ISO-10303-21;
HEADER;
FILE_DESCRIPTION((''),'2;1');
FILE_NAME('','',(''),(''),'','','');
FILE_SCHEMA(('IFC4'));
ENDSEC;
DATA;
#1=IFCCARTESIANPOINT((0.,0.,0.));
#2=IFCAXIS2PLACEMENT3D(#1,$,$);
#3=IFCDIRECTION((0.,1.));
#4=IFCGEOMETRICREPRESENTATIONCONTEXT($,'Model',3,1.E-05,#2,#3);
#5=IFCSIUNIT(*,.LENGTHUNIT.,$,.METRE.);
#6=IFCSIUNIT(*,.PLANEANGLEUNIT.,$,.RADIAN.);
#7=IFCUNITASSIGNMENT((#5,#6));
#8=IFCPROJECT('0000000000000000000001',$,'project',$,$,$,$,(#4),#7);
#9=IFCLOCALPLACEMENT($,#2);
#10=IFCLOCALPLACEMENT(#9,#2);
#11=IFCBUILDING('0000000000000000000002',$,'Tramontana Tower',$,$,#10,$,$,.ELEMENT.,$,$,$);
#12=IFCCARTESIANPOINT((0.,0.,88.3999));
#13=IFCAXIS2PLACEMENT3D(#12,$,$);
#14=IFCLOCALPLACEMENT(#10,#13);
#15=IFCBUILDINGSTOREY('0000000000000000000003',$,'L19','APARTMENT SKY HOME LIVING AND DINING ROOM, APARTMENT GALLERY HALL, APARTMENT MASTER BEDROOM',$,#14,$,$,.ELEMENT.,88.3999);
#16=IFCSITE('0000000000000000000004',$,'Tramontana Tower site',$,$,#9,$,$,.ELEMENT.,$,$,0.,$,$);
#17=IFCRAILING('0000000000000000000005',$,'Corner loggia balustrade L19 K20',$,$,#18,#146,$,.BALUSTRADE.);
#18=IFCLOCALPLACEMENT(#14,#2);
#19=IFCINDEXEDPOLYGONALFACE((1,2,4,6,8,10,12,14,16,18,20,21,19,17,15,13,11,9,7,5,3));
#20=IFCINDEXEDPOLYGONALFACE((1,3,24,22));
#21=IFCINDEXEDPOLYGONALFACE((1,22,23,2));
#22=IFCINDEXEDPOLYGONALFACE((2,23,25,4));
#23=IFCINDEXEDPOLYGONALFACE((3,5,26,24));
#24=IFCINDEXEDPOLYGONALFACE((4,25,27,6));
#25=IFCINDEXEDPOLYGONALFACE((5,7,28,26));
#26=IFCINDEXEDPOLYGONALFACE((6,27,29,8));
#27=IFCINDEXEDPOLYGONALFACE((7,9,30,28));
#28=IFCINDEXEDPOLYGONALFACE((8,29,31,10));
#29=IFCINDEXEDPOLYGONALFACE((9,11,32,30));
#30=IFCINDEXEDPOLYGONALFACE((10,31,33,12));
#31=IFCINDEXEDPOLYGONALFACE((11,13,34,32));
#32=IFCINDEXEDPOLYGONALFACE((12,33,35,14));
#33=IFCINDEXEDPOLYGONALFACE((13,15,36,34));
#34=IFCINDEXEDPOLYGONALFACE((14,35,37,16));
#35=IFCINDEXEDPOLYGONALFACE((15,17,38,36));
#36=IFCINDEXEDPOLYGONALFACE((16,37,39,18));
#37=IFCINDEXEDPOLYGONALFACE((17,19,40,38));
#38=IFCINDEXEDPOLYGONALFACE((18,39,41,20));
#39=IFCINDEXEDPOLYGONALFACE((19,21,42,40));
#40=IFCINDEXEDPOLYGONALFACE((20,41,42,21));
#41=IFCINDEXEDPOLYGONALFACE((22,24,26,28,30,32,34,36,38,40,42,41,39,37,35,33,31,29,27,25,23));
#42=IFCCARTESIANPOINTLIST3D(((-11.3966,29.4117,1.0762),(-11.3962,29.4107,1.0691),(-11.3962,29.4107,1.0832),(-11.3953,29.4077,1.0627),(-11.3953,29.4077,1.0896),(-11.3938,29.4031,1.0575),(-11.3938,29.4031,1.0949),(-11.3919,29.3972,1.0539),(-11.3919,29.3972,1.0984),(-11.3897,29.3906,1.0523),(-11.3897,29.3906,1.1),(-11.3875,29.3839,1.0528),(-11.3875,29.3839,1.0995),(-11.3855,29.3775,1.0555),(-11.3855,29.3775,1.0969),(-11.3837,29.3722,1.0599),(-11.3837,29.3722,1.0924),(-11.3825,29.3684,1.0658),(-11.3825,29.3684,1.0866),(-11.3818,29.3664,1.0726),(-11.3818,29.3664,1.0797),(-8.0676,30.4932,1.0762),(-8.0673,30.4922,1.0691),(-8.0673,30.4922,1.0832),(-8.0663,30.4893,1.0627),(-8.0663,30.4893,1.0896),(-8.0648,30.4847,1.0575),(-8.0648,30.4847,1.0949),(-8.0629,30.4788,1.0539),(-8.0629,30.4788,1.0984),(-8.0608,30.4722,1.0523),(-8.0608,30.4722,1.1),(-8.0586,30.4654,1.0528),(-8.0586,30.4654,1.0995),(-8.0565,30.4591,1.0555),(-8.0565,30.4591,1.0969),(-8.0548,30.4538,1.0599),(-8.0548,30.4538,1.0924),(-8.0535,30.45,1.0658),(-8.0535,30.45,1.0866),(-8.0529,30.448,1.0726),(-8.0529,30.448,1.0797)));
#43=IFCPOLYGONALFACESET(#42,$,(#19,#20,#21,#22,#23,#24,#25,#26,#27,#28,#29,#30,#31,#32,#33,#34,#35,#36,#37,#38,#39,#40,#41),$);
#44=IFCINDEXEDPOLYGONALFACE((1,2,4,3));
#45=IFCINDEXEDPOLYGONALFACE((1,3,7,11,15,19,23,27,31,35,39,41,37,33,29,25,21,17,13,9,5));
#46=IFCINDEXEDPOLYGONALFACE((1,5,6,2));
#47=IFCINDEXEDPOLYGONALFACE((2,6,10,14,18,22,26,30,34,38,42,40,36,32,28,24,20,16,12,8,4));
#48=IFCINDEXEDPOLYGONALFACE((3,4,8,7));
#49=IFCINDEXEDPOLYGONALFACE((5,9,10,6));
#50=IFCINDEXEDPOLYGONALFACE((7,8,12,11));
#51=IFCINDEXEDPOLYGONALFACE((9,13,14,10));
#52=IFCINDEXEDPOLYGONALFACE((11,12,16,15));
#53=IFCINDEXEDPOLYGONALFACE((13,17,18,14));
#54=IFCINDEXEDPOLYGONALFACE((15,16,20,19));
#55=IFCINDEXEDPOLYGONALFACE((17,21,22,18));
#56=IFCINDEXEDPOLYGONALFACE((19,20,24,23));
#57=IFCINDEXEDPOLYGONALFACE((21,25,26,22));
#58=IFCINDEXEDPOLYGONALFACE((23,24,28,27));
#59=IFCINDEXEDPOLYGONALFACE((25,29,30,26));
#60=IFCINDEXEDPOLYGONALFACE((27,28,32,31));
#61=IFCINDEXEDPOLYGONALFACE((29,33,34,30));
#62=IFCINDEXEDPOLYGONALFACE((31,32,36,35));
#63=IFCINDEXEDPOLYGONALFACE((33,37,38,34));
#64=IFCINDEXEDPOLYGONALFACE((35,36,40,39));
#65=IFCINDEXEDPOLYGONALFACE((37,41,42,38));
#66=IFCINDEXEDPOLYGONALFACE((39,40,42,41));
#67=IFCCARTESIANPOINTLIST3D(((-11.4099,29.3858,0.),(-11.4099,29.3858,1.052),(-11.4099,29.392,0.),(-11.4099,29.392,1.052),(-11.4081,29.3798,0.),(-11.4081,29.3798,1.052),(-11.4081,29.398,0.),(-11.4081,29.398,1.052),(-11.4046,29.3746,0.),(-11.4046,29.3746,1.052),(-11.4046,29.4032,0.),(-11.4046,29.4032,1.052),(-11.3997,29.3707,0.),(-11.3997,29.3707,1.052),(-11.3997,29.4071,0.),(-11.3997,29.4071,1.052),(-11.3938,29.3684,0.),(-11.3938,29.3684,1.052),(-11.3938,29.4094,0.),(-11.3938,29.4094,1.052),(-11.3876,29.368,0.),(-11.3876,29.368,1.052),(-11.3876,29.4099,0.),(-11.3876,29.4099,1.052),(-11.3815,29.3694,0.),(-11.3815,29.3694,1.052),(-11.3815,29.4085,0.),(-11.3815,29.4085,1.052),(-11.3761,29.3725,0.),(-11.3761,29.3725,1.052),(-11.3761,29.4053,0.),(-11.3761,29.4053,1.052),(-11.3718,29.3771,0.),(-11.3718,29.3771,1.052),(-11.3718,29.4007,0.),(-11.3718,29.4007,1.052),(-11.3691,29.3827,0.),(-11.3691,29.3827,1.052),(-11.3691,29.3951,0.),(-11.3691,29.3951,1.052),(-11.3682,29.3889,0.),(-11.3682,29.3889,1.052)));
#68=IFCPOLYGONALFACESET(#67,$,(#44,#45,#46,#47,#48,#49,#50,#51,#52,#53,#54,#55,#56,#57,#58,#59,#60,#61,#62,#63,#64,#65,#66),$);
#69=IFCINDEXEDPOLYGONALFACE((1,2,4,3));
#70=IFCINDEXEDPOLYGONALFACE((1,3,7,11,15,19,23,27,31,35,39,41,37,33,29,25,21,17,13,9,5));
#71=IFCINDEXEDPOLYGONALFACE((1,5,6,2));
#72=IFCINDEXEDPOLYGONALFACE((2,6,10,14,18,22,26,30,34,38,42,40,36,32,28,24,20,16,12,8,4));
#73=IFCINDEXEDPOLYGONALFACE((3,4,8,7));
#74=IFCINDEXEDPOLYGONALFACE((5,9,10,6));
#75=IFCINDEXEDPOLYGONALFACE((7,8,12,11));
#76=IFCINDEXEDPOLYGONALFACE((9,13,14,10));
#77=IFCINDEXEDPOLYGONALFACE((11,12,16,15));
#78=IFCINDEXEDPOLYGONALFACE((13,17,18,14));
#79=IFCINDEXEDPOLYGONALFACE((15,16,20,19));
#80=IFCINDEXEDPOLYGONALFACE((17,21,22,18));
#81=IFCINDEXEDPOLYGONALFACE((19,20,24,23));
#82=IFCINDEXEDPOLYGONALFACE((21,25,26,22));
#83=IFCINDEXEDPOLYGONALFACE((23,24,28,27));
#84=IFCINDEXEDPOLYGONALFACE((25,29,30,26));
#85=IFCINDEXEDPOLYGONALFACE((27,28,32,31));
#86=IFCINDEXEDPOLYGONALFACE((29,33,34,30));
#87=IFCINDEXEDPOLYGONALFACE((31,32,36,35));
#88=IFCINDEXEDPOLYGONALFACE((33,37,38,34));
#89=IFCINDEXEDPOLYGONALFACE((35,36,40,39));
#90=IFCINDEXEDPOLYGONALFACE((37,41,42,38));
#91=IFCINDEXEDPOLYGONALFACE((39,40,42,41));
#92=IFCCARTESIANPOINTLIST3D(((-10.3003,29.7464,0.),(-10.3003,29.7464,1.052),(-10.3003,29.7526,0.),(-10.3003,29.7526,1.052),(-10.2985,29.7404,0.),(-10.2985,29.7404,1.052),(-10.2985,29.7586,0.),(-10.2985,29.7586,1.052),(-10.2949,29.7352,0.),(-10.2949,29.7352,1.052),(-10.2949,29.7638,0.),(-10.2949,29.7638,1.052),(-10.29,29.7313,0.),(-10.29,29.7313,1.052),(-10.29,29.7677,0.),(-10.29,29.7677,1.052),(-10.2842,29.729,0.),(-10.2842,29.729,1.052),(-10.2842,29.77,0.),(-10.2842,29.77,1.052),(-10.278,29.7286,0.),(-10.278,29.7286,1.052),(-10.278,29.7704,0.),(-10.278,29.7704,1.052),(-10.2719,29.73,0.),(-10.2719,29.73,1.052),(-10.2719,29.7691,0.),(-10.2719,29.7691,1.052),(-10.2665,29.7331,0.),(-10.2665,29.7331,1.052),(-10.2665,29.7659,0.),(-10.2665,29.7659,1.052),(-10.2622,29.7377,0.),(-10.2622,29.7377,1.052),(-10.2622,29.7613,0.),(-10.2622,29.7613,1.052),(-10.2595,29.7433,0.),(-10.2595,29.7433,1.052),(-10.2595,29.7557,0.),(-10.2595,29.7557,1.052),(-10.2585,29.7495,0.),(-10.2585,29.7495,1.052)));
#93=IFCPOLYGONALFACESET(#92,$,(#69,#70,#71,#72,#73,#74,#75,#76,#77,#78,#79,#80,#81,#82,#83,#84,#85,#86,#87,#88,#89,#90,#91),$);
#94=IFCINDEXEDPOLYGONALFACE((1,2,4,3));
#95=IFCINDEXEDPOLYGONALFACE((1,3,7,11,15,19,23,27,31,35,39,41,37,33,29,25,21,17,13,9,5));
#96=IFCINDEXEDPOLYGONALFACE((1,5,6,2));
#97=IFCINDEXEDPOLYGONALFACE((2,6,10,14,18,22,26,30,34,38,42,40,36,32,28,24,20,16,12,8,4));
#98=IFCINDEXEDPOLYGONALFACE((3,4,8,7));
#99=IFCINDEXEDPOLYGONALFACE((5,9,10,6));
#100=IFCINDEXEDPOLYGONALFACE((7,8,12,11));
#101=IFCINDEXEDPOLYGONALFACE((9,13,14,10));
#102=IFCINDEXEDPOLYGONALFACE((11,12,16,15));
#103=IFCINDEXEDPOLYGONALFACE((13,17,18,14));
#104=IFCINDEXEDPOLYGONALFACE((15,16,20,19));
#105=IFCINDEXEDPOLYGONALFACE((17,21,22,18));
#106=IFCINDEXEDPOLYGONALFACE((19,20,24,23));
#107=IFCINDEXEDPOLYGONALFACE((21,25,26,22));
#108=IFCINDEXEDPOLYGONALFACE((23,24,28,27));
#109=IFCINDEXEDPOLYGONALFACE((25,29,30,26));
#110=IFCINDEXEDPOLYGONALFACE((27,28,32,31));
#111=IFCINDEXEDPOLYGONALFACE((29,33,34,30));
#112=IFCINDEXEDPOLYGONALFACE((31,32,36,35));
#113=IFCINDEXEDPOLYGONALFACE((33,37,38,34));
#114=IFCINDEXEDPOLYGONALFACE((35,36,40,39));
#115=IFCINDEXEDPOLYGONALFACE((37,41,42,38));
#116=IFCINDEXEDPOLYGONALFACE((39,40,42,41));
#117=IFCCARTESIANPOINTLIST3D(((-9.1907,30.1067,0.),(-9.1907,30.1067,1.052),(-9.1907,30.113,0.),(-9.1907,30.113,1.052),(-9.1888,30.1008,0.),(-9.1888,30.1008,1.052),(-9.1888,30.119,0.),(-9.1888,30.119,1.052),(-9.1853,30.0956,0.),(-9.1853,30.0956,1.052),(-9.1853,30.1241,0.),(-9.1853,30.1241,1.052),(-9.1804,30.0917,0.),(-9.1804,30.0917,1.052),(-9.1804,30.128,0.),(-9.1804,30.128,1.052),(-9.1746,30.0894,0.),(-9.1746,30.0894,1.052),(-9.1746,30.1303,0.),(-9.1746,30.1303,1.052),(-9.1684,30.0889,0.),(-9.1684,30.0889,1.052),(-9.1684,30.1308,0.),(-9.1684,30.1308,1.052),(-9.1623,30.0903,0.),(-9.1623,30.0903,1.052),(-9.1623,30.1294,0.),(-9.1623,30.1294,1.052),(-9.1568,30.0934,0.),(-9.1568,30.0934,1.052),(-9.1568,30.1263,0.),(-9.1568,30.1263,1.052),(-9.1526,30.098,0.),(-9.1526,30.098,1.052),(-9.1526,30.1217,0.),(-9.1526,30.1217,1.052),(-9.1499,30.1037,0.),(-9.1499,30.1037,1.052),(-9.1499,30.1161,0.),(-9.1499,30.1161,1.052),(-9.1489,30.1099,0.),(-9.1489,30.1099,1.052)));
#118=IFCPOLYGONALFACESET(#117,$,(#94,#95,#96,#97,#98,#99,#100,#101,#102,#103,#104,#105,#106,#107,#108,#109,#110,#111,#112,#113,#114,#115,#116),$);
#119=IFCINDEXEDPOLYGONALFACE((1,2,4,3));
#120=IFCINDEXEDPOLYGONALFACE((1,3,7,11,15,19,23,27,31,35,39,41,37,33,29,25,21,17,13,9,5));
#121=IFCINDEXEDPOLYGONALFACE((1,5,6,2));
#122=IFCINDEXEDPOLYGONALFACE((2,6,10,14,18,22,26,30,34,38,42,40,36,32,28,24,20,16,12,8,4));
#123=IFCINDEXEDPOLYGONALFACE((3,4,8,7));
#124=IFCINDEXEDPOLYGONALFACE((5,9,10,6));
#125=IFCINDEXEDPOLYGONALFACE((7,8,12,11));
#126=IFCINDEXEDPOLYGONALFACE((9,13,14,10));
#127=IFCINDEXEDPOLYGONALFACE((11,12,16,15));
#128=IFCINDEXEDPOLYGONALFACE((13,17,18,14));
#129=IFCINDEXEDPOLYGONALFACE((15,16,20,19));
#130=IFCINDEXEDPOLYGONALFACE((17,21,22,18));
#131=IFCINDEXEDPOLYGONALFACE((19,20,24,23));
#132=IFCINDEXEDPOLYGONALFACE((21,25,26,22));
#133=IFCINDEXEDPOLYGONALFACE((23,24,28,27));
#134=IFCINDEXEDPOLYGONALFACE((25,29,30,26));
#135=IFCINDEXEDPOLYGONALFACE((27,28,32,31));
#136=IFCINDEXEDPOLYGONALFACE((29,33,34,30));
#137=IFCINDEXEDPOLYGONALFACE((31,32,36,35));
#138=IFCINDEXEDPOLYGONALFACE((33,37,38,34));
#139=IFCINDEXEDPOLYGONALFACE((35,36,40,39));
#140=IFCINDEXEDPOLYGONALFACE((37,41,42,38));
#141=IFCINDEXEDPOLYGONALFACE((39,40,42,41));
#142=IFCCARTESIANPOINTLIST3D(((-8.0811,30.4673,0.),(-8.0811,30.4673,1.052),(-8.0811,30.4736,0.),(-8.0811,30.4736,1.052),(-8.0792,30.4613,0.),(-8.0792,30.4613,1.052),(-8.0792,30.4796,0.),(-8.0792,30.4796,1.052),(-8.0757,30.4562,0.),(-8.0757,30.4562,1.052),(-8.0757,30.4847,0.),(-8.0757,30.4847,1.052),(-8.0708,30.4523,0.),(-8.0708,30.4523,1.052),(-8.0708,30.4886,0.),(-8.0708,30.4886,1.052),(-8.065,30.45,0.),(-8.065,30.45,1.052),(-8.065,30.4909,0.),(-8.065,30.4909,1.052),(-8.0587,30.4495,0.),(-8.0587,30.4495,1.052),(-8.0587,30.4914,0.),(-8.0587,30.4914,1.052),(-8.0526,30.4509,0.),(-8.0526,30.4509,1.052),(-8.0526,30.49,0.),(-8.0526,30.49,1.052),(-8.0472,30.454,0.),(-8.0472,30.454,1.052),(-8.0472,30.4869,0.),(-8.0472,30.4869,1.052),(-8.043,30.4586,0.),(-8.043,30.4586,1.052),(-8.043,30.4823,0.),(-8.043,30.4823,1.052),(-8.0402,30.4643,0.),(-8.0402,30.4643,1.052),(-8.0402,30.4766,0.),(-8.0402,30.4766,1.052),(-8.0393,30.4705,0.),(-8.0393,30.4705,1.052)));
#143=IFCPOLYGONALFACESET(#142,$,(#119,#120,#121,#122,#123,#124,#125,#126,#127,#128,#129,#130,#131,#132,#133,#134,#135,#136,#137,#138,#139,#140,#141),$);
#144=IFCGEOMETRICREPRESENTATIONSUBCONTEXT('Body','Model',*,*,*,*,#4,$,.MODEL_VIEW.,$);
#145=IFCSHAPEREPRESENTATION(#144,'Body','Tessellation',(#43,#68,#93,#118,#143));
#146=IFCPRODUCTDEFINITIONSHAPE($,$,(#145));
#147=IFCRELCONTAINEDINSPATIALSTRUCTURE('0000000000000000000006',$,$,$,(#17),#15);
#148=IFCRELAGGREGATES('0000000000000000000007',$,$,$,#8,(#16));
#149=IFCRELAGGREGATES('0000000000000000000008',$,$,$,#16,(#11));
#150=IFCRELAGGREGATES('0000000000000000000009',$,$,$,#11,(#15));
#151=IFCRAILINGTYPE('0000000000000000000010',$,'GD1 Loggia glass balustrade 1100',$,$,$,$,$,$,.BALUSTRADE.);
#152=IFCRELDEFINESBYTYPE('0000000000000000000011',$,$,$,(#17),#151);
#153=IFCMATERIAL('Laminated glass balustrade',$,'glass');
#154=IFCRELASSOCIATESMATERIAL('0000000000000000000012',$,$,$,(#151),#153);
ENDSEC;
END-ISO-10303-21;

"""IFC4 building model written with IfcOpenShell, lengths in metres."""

from ifc_helpers import new_model, si_unit, direction, frame, origin, origin_2d, place, context, subcontext, project, spatial, circle, extrude, material, type_object, element, save


model = new_model("IFC4")

# Units and contexts
model_context = context("Model", 3, precision=1e-05, world=origin(), true_north=direction((0.0, 1.0)))
body_context = subcontext(model_context, "Body", "Model", "MODEL_VIEW")
ifc_project = project(units=[si_unit("LENGTHUNIT", "METRE"), si_unit("PLANEANGLEUNIT", "RADIAN")], contexts=[model_context])

# Site, building, storey
site_placement = place(None, origin())
site = spatial("IfcSite", under=ifc_project, at=site_placement, Name="Tramontana Tower site", CompositionType="ELEMENT", RefElevation=0.0)
building_placement = place(site_placement, origin())
building = spatial("IfcBuilding", under=site, at=building_placement, Name="Tramontana Tower", CompositionType="ELEMENT")
storey_placement = place(building_placement, frame((0.0, 0.0, 88.3999)))
storey = spatial("IfcBuildingStorey", under=building, at=storey_placement, Name="L19", Description="APARTMENT SKY HOME LIVING AND DINING ROOM, APARTMENT GALLERY HALL, APARTMENT MASTER BEDROOM", CompositionType="ELEMENT", Elevation=88.3999)

# Railing
ifc_material_1 = material(Name="Laminated glass balustrade", Category="glass")
railing_type = type_object("IfcRailingType", Name="GD1 Loggia glass balustrade 1100", PredefinedType="BALUSTRADE", material=ifc_material_1)
railing_1_placement = place(storey_placement, frame((-11.3892, 29.3889, 0.0)))
element("IfcRailing", 1, at=railing_1_placement, inside=storey, type_object=railing_type, Name="Corner loggia balustrade L19 K20", PredefinedType="BALUSTRADE", context=body_context, shape_type="SweptSolid", body=[
    extrude(circle(Radius=0.0239, at=origin_2d()), frame((0.0, 0.0, 1.0762), z_axis=(0.951062, 0.308999, 0.0), x_axis=(-0.308999, 0.951062, 0.0)), (0.0, 0.0, 1.0), 3.5002),
    extrude(circle(Radius=0.021, at=origin_2d()), origin(), (0.0, 0.0, 1.0), 1.052),
    extrude(circle(Radius=0.021, at=origin_2d()), frame((1.1096, 0.3606, 0.0)), (0.0, 0.0, 1.0), 1.052),
    extrude(circle(Radius=0.021, at=origin_2d()), frame((2.2192, 0.7209, 0.0)), (0.0, 0.0, 1.0), 1.052),
    extrude(circle(Radius=0.021, at=origin_2d()), frame((3.3289, 1.0815, 0.0)), (0.0, 0.0, 1.0), 1.052),
])

save(model, "model.ifc")
